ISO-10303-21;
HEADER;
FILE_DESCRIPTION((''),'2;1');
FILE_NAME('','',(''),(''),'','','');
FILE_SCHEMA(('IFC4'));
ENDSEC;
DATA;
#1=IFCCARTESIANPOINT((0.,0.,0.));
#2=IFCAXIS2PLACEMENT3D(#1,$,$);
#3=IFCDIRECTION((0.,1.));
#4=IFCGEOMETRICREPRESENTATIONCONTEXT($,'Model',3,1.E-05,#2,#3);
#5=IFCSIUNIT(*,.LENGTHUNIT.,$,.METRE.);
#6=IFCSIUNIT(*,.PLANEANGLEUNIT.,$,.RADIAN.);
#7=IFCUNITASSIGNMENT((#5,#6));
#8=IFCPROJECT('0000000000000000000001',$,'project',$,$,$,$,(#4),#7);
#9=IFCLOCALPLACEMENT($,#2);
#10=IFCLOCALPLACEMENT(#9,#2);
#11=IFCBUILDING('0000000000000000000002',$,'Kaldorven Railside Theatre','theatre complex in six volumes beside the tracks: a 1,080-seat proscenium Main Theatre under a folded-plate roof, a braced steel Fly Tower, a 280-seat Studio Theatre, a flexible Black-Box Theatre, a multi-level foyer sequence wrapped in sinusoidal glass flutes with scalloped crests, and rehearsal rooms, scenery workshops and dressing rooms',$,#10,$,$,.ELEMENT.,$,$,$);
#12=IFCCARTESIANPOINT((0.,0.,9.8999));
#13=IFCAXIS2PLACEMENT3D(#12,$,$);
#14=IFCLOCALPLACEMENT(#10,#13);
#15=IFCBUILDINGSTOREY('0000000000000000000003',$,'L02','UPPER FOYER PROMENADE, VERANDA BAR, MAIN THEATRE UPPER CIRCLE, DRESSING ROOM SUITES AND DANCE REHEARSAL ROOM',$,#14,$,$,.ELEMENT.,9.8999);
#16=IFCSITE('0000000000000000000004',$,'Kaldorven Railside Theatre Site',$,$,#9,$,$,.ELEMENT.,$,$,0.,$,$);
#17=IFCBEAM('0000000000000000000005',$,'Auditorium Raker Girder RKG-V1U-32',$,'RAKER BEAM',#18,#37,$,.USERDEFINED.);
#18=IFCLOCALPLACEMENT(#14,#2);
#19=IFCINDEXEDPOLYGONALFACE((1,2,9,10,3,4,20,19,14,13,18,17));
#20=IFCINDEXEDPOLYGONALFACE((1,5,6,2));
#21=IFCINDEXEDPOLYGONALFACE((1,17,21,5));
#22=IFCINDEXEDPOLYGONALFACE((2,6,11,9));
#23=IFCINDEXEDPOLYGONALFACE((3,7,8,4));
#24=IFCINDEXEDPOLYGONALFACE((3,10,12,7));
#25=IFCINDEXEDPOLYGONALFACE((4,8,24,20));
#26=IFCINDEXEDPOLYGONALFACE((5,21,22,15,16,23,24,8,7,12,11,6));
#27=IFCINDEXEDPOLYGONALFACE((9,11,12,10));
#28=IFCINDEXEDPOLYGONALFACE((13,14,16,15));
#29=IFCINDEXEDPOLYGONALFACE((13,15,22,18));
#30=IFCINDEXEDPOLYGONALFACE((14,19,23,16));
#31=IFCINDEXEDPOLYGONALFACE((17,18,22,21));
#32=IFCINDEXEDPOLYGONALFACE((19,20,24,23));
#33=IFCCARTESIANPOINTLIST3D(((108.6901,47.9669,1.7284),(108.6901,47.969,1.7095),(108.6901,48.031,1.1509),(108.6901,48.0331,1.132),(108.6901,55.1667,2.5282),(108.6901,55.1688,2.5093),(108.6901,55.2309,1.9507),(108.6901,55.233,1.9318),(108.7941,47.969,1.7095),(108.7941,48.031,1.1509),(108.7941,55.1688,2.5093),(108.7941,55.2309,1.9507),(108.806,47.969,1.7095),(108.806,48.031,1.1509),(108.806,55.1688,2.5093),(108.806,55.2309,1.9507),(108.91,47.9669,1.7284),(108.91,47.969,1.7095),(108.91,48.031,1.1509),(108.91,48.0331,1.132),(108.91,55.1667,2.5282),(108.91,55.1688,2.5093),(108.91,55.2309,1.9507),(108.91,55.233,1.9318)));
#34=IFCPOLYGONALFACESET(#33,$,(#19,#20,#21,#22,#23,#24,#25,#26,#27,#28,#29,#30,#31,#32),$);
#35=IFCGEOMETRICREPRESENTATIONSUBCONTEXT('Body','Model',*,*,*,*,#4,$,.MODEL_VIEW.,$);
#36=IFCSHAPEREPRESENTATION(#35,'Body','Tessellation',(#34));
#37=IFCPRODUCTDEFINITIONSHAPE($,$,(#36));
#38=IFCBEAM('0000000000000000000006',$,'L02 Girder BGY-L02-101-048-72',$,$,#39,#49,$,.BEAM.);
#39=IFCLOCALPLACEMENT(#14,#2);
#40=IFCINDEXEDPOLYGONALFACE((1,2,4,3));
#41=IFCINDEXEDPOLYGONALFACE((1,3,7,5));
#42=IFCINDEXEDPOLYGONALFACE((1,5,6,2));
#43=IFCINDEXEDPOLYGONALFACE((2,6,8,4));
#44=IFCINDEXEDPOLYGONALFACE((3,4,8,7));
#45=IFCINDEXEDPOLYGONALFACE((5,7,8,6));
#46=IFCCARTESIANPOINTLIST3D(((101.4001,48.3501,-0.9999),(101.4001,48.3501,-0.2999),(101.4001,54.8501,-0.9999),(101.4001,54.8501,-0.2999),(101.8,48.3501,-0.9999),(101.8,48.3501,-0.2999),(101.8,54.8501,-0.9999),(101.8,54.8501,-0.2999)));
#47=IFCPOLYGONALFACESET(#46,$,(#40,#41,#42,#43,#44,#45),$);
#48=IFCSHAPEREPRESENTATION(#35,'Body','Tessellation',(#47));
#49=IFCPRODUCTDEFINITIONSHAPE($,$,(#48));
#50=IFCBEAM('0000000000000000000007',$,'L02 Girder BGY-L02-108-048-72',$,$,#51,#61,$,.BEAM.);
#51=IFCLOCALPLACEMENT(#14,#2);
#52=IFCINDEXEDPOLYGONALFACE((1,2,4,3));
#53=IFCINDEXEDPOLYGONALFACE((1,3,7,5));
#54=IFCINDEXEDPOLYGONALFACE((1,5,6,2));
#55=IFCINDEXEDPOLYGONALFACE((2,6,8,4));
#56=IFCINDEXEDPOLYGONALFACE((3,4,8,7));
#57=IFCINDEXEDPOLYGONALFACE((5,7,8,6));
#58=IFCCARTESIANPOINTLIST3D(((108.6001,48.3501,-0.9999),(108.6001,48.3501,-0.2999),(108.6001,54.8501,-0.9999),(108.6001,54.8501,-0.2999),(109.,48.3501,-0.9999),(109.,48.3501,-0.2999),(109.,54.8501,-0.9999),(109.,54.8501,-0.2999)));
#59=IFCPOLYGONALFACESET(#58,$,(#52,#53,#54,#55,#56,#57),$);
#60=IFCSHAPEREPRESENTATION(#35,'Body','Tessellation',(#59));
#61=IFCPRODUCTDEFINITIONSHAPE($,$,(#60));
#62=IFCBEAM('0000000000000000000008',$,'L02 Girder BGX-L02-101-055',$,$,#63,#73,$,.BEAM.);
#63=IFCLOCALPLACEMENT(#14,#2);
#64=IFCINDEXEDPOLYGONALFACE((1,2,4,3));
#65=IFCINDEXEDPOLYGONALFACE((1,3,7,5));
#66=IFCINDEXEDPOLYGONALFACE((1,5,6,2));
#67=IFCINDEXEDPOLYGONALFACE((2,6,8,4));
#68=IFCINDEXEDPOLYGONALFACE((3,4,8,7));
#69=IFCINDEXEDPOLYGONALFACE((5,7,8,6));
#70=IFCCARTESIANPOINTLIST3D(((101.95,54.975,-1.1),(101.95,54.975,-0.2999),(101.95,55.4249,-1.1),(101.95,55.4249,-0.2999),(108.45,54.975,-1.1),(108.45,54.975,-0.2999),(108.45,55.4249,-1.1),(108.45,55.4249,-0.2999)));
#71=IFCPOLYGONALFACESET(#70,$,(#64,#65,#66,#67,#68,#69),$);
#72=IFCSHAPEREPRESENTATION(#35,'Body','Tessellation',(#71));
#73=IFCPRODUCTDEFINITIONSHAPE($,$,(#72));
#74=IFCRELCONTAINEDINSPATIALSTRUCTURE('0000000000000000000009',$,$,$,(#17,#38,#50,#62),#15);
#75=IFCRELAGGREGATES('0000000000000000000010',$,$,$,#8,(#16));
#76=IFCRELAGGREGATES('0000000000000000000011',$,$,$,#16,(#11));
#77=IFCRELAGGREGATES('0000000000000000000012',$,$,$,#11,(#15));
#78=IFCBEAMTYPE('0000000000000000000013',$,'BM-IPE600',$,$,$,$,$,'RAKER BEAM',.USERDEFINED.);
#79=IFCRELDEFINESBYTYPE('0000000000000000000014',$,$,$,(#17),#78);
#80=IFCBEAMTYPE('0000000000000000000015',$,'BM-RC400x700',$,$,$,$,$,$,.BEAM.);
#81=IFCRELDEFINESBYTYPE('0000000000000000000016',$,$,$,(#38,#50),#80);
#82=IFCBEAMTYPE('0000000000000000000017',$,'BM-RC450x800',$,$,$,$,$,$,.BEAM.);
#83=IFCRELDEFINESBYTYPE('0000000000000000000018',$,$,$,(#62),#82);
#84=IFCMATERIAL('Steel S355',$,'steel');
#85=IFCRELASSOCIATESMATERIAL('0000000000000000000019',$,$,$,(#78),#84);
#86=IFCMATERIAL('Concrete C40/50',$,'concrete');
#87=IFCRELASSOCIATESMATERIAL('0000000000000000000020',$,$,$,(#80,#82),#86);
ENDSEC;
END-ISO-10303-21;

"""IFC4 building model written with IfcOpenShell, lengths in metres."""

from ifc_helpers import new_model, si_unit, direction, frame, origin, origin_2d, place, context, subcontext, project, spatial, rectangle, i_section, extrude, material, material_profile, profile_set, type_object, element, save


model = new_model("IFC4")

# Units and contexts
model_context = context("Model", 3, precision=1e-05, world=origin(), true_north=direction((0.0, 1.0)))
body_context = subcontext(model_context, "Body", "Model", "MODEL_VIEW")
ifc_project = project(units=[si_unit("LENGTHUNIT", "METRE"), si_unit("PLANEANGLEUNIT", "RADIAN")], contexts=[model_context])

# Site, building, storey
site_placement = place(None, origin())
site = spatial("IfcSite", under=ifc_project, at=site_placement, Name="Kaldorven Railside Theatre Site", CompositionType="ELEMENT", RefElevation=0.0)
building_placement = place(site_placement, origin())
building = spatial("IfcBuilding", under=site, at=building_placement, Name="Kaldorven Railside Theatre", Description="theatre complex in six volumes beside the tracks: a 1,080-seat proscenium Main Theatre under a folded-plate roof, a braced steel Fly Tower, a 280-seat Studio Theatre, a flexible Black-Box Theatre, a multi-level foyer sequence wrapped in sinusoidal glass flutes with scalloped crests, and rehearsal rooms, scenery workshops and dressing rooms", CompositionType="ELEMENT")
storey_placement = place(building_placement, frame((0.0, 0.0, 9.8999)))
storey = spatial("IfcBuildingStorey", under=building, at=storey_placement, Name="L02", Description="UPPER FOYER PROMENADE, VERANDA BAR, MAIN THEATRE UPPER CIRCLE, DRESSING ROOM SUITES AND DANCE REHEARSAL ROOM", CompositionType="ELEMENT", Elevation=9.8999)

# Shared definitions
ifc_material_1 = material(Name="Steel S355", Category="steel")

# Beams
ifc_material_profile_1 = material_profile(ifc_material_1, i_section(OverallWidth=0.22, OverallDepth=0.6001, WebThickness=0.012, FlangeThickness=0.019, at=origin_2d()), Name="IPE 600")
ifc_profile_set_1 = profile_set([ifc_material_profile_1], Name="Steel S355")
beam_type_1 = type_object("IfcBeamType", Name="BM-IPE600", ElementType="RAKER BEAM", PredefinedType="USERDEFINED", material=ifc_profile_set_1)
beam_1_placement = place(storey_placement, frame((108.8, 48.0, 1.4302), z_axis=(0.0, 0.993887, 0.110406), x_axis=(-1.0, 0.0, 0.0)))
element("IfcBeam", 1, at=beam_1_placement, inside=storey, type_object=beam_type_1, Name="Auditorium Raker Girder RKG-V1U-32", ObjectType="RAKER BEAM", PredefinedType="USERDEFINED", context=body_context, shape_type="SweptSolid", body=[
    extrude(i_section(OverallWidth=0.22, OverallDepth=0.6001, WebThickness=0.012, FlangeThickness=0.019, at=origin_2d()), origin(), (0.0, 0.0, 1.0), 7.2441),
])
ifc_material_2 = material(Name="Concrete C40/50", Category="concrete")
ifc_material_profile_2 = material_profile(ifc_material_2, rectangle(XDim=0.3999, YDim=0.7, at=origin_2d()), Name="RC 400x700")
ifc_profile_set_2 = profile_set([ifc_material_profile_2], Name="Concrete C40/50")
beam_type_2 = type_object("IfcBeamType", Name="BM-RC400x700", PredefinedType="BEAM", material=ifc_profile_set_2)
for number, where, z_axis, x_axis, name in (
    (2, (101.6001, 48.3501, -0.6499), (0.0, 1.0, 0.0), (-1.0, 0.0, 0.0), "L02 Girder BGY-L02-101-048-72"),
    (3, (108.8, 48.3501, -0.6499), (0.0, 1.0, 0.0), (-1.0, 0.0, 0.0), "L02 Girder BGY-L02-108-048-72"),
):
    element("IfcBeam", number, at=place(storey_placement, frame(where, z_axis=z_axis, x_axis=x_axis)), inside=storey, type_object=beam_type_2, Name=name, PredefinedType="BEAM", context=body_context, shape_type="SweptSolid", body=[
        extrude(rectangle(XDim=0.3999, YDim=0.7, at=origin_2d()), origin(), (0.0, 0.0, 1.0), 6.5),
    ])
ifc_material_profile_3 = material_profile(ifc_material_2, rectangle(XDim=0.45, YDim=0.8, at=origin_2d()), Name="RC 450x800")
ifc_profile_set_3 = profile_set([ifc_material_profile_3], Name="Concrete C40/50")
beam_type_3 = type_object("IfcBeamType", Name="BM-RC450x800", PredefinedType="BEAM", material=ifc_profile_set_3)
beam_2_placement = place(storey_placement, frame((101.95, 55.2, -0.7), z_axis=(1.0, 0.0, 0.0), x_axis=(0.0, 1.0, 0.0)))
element("IfcBeam", 4, at=beam_2_placement, inside=storey, type_object=beam_type_3, Name="L02 Girder BGX-L02-101-055", PredefinedType="BEAM", context=body_context, shape_type="SweptSolid", body=[
    extrude(rectangle(XDim=0.45, YDim=0.8, at=origin_2d()), origin(), (0.0, 0.0, 1.0), 6.5),
])

save(model, "model.ifc")
